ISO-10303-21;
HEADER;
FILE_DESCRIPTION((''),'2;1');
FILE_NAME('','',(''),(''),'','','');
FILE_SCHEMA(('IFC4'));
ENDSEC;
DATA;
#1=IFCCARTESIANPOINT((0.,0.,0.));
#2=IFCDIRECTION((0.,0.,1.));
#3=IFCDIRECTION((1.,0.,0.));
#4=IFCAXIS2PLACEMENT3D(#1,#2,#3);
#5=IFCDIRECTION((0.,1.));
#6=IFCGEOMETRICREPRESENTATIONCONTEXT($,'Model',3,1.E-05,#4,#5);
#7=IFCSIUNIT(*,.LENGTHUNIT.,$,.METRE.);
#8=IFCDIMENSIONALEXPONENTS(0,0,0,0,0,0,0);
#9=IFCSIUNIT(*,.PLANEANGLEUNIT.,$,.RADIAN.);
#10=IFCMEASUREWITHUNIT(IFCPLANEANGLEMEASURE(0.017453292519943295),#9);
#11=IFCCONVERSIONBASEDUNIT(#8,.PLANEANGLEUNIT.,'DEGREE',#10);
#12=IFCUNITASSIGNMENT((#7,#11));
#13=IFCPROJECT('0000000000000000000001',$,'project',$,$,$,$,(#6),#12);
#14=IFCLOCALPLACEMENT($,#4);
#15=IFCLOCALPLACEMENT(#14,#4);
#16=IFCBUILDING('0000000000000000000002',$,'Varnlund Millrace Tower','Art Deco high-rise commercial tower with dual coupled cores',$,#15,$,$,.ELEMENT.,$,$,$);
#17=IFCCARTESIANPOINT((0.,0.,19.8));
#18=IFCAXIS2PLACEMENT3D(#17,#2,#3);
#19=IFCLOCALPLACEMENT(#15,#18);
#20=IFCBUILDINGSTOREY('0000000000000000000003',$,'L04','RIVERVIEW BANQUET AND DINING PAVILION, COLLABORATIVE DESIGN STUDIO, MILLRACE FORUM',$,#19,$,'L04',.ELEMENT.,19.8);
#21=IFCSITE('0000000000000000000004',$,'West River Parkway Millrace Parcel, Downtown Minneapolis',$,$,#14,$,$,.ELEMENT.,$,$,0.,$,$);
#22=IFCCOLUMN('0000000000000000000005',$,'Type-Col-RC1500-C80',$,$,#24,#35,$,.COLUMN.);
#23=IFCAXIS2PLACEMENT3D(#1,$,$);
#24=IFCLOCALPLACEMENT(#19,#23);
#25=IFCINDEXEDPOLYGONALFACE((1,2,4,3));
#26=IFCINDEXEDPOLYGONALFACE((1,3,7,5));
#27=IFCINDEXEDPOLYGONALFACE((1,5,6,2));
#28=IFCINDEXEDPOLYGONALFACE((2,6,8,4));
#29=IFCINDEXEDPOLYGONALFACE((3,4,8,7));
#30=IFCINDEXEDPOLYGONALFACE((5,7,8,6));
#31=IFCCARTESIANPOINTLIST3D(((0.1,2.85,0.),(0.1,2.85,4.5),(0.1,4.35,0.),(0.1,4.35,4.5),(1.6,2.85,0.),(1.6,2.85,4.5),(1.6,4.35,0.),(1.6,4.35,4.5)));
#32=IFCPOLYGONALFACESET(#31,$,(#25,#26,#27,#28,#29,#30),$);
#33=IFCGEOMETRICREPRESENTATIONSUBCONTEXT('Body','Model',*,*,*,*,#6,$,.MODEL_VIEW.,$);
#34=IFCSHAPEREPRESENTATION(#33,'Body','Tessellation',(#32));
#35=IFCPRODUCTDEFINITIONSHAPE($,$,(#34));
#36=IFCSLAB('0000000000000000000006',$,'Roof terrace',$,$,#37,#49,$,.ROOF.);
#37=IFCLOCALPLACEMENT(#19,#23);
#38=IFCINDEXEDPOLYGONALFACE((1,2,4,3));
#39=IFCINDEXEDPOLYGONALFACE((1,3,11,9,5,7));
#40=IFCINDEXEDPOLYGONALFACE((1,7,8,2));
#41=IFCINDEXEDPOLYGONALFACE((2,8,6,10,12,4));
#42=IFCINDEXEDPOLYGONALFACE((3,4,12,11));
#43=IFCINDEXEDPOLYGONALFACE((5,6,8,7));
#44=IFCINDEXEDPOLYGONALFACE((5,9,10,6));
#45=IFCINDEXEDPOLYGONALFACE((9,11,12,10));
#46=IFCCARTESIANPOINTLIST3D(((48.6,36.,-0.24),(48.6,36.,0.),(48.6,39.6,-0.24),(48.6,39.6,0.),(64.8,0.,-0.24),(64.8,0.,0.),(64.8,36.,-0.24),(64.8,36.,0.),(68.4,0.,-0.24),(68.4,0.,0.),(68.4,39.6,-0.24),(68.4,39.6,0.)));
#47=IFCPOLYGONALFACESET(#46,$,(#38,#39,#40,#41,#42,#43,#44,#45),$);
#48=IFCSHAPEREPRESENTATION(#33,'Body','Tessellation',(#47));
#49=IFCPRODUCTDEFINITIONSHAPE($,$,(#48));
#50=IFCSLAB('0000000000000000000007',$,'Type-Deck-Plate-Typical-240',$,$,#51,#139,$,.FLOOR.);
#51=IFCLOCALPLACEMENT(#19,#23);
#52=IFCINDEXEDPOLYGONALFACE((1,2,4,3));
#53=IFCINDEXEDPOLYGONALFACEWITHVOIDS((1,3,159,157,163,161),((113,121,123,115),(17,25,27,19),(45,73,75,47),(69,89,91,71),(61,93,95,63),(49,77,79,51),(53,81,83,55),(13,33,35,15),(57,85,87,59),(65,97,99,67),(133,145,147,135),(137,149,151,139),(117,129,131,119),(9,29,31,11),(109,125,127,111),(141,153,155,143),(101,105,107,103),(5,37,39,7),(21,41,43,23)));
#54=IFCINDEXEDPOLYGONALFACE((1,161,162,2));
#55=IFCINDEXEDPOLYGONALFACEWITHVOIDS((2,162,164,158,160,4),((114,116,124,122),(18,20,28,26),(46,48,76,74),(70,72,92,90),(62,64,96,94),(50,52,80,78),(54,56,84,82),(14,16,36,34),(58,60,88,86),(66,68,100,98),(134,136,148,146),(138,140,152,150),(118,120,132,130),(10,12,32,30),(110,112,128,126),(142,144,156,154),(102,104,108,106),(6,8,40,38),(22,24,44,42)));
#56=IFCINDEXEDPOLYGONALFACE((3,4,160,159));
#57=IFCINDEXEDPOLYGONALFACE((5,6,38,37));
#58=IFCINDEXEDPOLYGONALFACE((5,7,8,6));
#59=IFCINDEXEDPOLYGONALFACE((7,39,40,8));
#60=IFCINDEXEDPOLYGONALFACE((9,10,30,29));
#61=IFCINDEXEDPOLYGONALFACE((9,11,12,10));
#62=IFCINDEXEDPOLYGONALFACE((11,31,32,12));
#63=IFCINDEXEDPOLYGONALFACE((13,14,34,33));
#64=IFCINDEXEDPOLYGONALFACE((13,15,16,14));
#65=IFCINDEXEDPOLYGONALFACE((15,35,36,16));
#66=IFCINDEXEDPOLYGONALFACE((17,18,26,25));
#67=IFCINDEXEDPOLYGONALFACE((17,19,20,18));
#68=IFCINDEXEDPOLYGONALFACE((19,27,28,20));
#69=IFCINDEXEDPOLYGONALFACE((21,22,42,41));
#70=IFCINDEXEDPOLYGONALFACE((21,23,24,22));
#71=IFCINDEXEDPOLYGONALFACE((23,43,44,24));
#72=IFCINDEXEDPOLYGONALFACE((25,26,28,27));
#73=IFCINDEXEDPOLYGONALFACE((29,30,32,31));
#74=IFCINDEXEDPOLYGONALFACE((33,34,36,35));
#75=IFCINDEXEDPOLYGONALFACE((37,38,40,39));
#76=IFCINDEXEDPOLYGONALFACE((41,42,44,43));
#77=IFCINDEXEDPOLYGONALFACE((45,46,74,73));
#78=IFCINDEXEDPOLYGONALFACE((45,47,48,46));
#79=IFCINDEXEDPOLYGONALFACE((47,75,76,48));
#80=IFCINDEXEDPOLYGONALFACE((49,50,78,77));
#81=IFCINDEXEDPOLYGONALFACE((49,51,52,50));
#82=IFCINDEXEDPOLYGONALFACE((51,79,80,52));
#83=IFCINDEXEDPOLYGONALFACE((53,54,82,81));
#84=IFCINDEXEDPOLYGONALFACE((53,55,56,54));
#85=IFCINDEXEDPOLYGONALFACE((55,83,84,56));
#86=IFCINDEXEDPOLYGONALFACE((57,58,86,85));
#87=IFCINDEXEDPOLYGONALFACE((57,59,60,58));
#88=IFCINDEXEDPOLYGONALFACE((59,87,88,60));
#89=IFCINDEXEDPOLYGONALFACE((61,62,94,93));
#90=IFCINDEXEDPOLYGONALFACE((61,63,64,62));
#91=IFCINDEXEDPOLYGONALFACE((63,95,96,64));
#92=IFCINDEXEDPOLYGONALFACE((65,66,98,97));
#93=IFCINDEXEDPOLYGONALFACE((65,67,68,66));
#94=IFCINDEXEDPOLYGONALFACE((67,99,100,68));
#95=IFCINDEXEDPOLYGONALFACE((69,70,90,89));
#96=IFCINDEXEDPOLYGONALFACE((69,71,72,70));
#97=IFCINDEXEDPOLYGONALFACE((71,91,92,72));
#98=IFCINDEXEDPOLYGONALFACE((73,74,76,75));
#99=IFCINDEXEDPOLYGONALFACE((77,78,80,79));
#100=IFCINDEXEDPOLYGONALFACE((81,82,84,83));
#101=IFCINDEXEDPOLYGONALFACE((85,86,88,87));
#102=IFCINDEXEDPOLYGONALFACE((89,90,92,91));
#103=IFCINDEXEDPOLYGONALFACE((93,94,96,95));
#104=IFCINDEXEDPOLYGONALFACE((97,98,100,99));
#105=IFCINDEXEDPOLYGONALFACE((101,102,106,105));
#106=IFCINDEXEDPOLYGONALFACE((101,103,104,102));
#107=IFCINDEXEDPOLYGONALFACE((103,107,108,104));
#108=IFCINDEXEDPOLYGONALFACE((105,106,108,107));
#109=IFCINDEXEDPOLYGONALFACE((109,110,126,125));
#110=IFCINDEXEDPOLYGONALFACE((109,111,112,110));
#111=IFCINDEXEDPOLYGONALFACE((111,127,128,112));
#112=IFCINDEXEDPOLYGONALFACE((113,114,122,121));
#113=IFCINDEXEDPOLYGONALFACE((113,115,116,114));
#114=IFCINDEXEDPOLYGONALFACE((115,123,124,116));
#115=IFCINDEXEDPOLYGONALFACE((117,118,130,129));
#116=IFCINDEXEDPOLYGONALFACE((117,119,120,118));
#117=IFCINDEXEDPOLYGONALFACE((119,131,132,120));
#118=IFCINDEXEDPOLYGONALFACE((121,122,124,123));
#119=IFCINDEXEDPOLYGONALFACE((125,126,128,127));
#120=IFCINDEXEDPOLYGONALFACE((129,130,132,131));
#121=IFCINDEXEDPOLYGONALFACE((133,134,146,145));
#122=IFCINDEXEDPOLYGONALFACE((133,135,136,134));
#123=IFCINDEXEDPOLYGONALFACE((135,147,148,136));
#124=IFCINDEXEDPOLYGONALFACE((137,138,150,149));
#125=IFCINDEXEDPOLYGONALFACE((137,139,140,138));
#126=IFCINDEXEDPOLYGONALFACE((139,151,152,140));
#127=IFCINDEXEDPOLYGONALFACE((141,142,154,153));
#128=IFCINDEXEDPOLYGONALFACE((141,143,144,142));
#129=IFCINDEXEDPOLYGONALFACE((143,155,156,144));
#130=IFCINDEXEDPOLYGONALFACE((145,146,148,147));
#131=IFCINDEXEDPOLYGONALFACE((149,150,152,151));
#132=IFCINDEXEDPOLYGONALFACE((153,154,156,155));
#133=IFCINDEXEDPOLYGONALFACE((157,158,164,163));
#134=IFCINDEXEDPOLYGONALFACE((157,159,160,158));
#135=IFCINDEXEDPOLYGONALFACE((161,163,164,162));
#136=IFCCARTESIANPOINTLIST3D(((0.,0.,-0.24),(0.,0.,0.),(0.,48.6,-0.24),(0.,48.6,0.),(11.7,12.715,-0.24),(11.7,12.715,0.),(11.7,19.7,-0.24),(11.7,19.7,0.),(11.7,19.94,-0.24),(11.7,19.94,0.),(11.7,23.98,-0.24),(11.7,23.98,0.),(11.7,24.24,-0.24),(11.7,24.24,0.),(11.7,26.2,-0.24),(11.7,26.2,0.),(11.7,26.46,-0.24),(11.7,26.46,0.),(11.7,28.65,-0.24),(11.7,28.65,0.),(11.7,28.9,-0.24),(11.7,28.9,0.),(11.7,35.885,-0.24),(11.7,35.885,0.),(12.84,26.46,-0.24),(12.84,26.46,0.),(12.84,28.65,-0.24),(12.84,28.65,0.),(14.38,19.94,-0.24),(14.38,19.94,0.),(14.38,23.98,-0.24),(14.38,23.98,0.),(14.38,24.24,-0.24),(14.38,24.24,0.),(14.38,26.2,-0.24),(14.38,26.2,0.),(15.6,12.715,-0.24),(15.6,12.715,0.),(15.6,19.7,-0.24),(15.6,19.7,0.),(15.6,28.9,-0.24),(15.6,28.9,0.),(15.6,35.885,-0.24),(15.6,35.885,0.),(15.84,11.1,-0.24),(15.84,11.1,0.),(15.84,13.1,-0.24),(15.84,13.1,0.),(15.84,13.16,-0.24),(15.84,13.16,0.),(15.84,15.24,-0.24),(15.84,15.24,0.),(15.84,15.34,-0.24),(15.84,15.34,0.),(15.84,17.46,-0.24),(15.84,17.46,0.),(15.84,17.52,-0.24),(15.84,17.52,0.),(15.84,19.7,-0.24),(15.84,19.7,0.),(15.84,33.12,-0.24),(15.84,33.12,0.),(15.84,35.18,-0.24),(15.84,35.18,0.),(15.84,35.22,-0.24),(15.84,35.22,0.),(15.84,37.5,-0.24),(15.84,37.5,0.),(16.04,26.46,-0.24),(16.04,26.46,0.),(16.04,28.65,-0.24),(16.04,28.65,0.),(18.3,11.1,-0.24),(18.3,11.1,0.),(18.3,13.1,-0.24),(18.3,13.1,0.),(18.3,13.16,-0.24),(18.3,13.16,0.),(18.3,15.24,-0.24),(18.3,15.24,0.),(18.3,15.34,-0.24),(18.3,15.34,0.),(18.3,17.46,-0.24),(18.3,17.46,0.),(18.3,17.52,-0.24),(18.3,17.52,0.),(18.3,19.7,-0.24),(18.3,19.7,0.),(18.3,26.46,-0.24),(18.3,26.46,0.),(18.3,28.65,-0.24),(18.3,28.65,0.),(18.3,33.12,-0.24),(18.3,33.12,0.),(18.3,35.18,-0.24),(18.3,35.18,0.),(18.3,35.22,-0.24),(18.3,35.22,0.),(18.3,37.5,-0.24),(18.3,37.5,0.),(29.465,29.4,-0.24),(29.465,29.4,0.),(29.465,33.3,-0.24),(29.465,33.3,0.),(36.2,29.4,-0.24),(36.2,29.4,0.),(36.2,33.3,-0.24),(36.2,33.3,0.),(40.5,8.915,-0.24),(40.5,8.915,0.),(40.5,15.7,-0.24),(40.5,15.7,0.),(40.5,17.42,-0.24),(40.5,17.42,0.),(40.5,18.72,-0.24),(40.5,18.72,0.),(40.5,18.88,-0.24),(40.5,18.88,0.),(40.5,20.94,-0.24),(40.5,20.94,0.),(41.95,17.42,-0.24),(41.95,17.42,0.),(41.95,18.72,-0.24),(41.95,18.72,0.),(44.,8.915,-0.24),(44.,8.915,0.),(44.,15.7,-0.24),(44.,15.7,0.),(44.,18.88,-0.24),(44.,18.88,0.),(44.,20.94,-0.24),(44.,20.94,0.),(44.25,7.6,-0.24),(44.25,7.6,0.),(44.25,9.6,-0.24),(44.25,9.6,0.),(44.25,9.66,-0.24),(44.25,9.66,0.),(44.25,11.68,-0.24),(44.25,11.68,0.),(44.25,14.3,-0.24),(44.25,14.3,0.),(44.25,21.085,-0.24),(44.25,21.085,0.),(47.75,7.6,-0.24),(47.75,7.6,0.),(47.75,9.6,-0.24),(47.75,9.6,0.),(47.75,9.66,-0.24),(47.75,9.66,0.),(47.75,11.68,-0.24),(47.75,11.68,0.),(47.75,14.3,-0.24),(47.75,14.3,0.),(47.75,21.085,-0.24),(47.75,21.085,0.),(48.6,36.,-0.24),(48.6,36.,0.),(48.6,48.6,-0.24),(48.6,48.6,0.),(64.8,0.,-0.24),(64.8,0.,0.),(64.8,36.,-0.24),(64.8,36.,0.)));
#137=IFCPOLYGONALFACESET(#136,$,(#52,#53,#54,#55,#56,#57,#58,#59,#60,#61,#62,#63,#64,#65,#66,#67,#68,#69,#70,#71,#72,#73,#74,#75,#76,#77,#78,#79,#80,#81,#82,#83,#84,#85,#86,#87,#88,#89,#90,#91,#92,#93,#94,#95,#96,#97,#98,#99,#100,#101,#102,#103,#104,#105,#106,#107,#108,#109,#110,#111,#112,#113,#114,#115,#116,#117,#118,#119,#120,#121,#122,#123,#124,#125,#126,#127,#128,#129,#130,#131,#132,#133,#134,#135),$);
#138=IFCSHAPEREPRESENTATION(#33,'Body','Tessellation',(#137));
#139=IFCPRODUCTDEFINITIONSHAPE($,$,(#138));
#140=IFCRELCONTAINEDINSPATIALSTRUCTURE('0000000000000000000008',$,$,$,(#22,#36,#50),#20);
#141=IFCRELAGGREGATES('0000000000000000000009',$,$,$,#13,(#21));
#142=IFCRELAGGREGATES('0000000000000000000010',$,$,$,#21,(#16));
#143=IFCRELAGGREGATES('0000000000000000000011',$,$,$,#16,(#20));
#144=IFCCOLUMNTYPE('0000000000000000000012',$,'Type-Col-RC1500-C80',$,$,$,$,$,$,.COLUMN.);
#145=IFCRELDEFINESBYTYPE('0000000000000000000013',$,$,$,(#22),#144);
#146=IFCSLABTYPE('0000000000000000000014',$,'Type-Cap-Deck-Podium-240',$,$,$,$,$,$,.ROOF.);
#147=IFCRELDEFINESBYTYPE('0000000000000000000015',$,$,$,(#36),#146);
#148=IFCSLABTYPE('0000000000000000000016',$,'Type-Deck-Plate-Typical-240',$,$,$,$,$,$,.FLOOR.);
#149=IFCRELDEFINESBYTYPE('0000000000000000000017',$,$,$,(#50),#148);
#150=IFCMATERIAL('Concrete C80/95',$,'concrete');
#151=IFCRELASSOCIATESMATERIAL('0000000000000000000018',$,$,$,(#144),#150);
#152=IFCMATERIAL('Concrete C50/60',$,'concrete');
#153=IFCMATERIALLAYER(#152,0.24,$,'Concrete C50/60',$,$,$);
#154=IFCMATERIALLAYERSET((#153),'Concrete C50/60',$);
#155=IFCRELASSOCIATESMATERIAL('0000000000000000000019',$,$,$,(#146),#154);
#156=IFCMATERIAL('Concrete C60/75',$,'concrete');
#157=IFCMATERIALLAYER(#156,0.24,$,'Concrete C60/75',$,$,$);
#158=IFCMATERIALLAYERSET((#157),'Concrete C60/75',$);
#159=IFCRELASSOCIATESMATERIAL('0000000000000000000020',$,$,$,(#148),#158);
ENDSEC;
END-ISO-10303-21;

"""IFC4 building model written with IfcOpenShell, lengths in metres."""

from ifc_helpers import new_model, entity, si_unit, converted_unit, direction, frame, origin_with_axes, origin_2d_with_axis, place, context, subcontext, project, spatial, polyline, rectangle, outline, extrude, material, layer, layer_set, material_profile, profile_set, type_object, element, save


model = new_model("IFC4")

# Units and contexts
model_context = context("Model", 3, precision=1e-05, world=origin_with_axes(), true_north=direction((0.0, 1.0)))
body_context = subcontext(model_context, "Body", "Model", "MODEL_VIEW")
ifc_project = project(units=[si_unit("LENGTHUNIT", "METRE"), converted_unit("PLANEANGLEUNIT", "DEGREE", entity("IfcPlaneAngleMeasure", 0.017453292519943295), si_unit("PLANEANGLEUNIT", "RADIAN"), dimensions=[0, 0, 0, 0, 0, 0, 0])], contexts=[model_context])

# Site, building, storey
site_placement = place(None, origin_with_axes())
site = spatial("IfcSite", under=ifc_project, at=site_placement, Name="West River Parkway Millrace Parcel, Downtown Minneapolis", CompositionType="ELEMENT", RefElevation=0.0)
building_placement = place(site_placement, origin_with_axes())
building = spatial("IfcBuilding", under=site, at=building_placement, Name="Varnlund Millrace Tower", Description="Art Deco high-rise commercial tower with dual coupled cores", CompositionType="ELEMENT")
storey_placement = place(building_placement, frame((0.0, 0.0, 19.8), z_axis=(0.0, 0.0, 1.0), x_axis=(1.0, 0.0, 0.0)))
storey = spatial("IfcBuildingStorey", under=building, at=storey_placement, Name="L04", Description="RIVERVIEW BANQUET AND DINING PAVILION, COLLABORATIVE DESIGN STUDIO, MILLRACE FORUM", LongName="L04", CompositionType="ELEMENT", Elevation=19.8)

# Column
ifc_material_1 = material(Name="Concrete C80/95", Category="concrete")
ifc_material_profile = material_profile(ifc_material_1, rectangle(XDim=1.5, YDim=1.5, at=origin_2d_with_axis()), Name="Concrete C80/95")
ifc_profile_set = profile_set([ifc_material_profile], Name="Concrete C80/95")
column_type = type_object("IfcColumnType", Name="Type-Col-RC1500-C80", PredefinedType="COLUMN", material=ifc_profile_set)
column_placement = place(storey_placement, frame((0.85, 3.6, 0.0), z_axis=(0.0, 0.0, 1.0), x_axis=(1.0, 0.0, 0.0)))
element("IfcColumn", 1, at=column_placement, inside=storey, type_object=column_type, Name="Type-Col-RC1500-C80", PredefinedType="COLUMN", context=body_context, shape_type="SweptSolid", body=[
    extrude(rectangle(XDim=1.5, YDim=1.5, at=origin_2d_with_axis()), origin_with_axes(), (0.0, 0.0, 1.0), 4.5),
])

# Slabs
ifc_material_2 = material(Name="Concrete C50/60", Category="concrete")
ifc_layer_1 = layer(ifc_material_2, 0.24, Name="Concrete C50/60")
ifc_layer_set_1 = layer_set([ifc_layer_1], Name="Concrete C50/60")
slab_type_1 = type_object("IfcSlabType", Name="Type-Cap-Deck-Podium-240", PredefinedType="ROOF", material=ifc_layer_set_1)
slab_1_placement = place(storey_placement, frame((0.0, 0.0, -0.24), z_axis=(0.0, 0.0, 1.0), x_axis=(1.0, 0.0, 0.0)))
element("IfcSlab", 2, at=slab_1_placement, inside=storey, type_object=slab_type_1, Name="Roof terrace", PredefinedType="ROOF", context=body_context, shape_type="SweptSolid", body=[
    extrude(outline(polyline([(68.4, 0.0), (68.4, 39.6), (48.6, 39.6), (48.6, 36.0), (64.8, 36.0), (64.8, 0.0), (68.4, 0.0)])), origin_with_axes(), (0.0, 0.0, 1.0), 0.24),
])
ifc_material_3 = material(Name="Concrete C60/75", Category="concrete")
ifc_layer_2 = layer(ifc_material_3, 0.24, Name="Concrete C60/75")
ifc_layer_set_2 = layer_set([ifc_layer_2], Name="Concrete C60/75")
slab_type_2 = type_object("IfcSlabType", Name="Type-Deck-Plate-Typical-240", PredefinedType="FLOOR", material=ifc_layer_set_2)
slab_2_placement = place(storey_placement, frame((0.0, 0.0, -0.24), z_axis=(0.0, 0.0, 1.0), x_axis=(1.0, 0.0, 0.0)))
element("IfcSlab", 3, at=slab_2_placement, inside=storey, type_object=slab_type_2, Name="Type-Deck-Plate-Typical-240", PredefinedType="FLOOR", context=body_context, shape_type="SweptSolid", body=[
    extrude(outline(polyline([(64.8, 36.0), (48.6, 36.0), (48.6, 48.6), (0.0, 48.6), (0.0, 0.0), (64.8, 0.0), (64.8, 36.0)]), holes=[polyline([(18.3, 11.1), (15.84, 11.1), (15.84, 13.1), (18.3, 13.1), (18.3, 11.1)]), polyline([(18.3, 13.16), (15.84, 13.16), (15.84, 15.24), (18.3, 15.24), (18.3, 13.16)]), polyline([(15.6, 12.715), (11.7, 12.715), (11.7, 19.7), (15.6, 19.7), (15.6, 12.715)]), polyline([(15.84, 15.34), (15.84, 17.46), (18.3, 17.46), (18.3, 15.34), (15.84, 15.34)]), polyline([(15.84, 17.52), (15.84, 19.7), (18.3, 19.7), (18.3, 17.52), (15.84, 17.52)]), polyline([(11.7, 23.98), (14.38, 23.98), (14.38, 19.94), (11.7, 19.94), (11.7, 23.98)]), polyline([(14.38, 24.24), (11.7, 24.24), (11.7, 26.2), (14.38, 26.2), (14.38, 24.24)]), polyline([(11.7, 26.46), (11.7, 28.65), (12.84, 28.65), (12.84, 26.46), (11.7, 26.46)]), polyline([(11.7, 28.9), (11.7, 35.885), (15.6, 35.885), (15.6, 28.9), (11.7, 28.9)]), polyline([(47.75, 7.6), (44.25, 7.6), (44.25, 9.6), (47.75, 9.6), (47.75, 7.6)]), polyline([(47.75, 9.66), (44.25, 9.66), (44.25, 11.68), (47.75, 11.68), (47.75, 9.66)]), polyline([(44.0, 8.915), (40.5, 8.915), (40.5, 15.7), (44.0, 15.7), (44.0, 8.915)]), polyline([(44.25, 14.3), (44.25, 21.085), (47.75, 21.085), (47.75, 14.3), (44.25, 14.3)]), polyline([(40.5, 17.42), (40.5, 18.72), (41.95, 18.72), (41.95, 17.42), (40.5, 17.42)]), polyline([(44.0, 18.88), (40.5, 18.88), (40.5, 20.94), (44.0, 20.94), (44.0, 18.88)]), polyline([(18.3, 26.46), (16.04, 26.46), (16.04, 28.65), (18.3, 28.65), (18.3, 26.46)]), polyline([(36.2, 29.4), (29.465, 29.4), (29.465, 33.3), (36.2, 33.3), (36.2, 29.4)]), polyline([(15.84, 33.12), (15.84, 35.18), (18.3, 35.18), (18.3, 33.12), (15.84, 33.12)]), polyline([(15.84, 35.22), (15.84, 37.5), (18.3, 37.5), (18.3, 35.22), (15.84, 35.22)])]), origin_with_axes(), (0.0, 0.0, 1.0), 0.24),
])

save(model, "model.ifc")
